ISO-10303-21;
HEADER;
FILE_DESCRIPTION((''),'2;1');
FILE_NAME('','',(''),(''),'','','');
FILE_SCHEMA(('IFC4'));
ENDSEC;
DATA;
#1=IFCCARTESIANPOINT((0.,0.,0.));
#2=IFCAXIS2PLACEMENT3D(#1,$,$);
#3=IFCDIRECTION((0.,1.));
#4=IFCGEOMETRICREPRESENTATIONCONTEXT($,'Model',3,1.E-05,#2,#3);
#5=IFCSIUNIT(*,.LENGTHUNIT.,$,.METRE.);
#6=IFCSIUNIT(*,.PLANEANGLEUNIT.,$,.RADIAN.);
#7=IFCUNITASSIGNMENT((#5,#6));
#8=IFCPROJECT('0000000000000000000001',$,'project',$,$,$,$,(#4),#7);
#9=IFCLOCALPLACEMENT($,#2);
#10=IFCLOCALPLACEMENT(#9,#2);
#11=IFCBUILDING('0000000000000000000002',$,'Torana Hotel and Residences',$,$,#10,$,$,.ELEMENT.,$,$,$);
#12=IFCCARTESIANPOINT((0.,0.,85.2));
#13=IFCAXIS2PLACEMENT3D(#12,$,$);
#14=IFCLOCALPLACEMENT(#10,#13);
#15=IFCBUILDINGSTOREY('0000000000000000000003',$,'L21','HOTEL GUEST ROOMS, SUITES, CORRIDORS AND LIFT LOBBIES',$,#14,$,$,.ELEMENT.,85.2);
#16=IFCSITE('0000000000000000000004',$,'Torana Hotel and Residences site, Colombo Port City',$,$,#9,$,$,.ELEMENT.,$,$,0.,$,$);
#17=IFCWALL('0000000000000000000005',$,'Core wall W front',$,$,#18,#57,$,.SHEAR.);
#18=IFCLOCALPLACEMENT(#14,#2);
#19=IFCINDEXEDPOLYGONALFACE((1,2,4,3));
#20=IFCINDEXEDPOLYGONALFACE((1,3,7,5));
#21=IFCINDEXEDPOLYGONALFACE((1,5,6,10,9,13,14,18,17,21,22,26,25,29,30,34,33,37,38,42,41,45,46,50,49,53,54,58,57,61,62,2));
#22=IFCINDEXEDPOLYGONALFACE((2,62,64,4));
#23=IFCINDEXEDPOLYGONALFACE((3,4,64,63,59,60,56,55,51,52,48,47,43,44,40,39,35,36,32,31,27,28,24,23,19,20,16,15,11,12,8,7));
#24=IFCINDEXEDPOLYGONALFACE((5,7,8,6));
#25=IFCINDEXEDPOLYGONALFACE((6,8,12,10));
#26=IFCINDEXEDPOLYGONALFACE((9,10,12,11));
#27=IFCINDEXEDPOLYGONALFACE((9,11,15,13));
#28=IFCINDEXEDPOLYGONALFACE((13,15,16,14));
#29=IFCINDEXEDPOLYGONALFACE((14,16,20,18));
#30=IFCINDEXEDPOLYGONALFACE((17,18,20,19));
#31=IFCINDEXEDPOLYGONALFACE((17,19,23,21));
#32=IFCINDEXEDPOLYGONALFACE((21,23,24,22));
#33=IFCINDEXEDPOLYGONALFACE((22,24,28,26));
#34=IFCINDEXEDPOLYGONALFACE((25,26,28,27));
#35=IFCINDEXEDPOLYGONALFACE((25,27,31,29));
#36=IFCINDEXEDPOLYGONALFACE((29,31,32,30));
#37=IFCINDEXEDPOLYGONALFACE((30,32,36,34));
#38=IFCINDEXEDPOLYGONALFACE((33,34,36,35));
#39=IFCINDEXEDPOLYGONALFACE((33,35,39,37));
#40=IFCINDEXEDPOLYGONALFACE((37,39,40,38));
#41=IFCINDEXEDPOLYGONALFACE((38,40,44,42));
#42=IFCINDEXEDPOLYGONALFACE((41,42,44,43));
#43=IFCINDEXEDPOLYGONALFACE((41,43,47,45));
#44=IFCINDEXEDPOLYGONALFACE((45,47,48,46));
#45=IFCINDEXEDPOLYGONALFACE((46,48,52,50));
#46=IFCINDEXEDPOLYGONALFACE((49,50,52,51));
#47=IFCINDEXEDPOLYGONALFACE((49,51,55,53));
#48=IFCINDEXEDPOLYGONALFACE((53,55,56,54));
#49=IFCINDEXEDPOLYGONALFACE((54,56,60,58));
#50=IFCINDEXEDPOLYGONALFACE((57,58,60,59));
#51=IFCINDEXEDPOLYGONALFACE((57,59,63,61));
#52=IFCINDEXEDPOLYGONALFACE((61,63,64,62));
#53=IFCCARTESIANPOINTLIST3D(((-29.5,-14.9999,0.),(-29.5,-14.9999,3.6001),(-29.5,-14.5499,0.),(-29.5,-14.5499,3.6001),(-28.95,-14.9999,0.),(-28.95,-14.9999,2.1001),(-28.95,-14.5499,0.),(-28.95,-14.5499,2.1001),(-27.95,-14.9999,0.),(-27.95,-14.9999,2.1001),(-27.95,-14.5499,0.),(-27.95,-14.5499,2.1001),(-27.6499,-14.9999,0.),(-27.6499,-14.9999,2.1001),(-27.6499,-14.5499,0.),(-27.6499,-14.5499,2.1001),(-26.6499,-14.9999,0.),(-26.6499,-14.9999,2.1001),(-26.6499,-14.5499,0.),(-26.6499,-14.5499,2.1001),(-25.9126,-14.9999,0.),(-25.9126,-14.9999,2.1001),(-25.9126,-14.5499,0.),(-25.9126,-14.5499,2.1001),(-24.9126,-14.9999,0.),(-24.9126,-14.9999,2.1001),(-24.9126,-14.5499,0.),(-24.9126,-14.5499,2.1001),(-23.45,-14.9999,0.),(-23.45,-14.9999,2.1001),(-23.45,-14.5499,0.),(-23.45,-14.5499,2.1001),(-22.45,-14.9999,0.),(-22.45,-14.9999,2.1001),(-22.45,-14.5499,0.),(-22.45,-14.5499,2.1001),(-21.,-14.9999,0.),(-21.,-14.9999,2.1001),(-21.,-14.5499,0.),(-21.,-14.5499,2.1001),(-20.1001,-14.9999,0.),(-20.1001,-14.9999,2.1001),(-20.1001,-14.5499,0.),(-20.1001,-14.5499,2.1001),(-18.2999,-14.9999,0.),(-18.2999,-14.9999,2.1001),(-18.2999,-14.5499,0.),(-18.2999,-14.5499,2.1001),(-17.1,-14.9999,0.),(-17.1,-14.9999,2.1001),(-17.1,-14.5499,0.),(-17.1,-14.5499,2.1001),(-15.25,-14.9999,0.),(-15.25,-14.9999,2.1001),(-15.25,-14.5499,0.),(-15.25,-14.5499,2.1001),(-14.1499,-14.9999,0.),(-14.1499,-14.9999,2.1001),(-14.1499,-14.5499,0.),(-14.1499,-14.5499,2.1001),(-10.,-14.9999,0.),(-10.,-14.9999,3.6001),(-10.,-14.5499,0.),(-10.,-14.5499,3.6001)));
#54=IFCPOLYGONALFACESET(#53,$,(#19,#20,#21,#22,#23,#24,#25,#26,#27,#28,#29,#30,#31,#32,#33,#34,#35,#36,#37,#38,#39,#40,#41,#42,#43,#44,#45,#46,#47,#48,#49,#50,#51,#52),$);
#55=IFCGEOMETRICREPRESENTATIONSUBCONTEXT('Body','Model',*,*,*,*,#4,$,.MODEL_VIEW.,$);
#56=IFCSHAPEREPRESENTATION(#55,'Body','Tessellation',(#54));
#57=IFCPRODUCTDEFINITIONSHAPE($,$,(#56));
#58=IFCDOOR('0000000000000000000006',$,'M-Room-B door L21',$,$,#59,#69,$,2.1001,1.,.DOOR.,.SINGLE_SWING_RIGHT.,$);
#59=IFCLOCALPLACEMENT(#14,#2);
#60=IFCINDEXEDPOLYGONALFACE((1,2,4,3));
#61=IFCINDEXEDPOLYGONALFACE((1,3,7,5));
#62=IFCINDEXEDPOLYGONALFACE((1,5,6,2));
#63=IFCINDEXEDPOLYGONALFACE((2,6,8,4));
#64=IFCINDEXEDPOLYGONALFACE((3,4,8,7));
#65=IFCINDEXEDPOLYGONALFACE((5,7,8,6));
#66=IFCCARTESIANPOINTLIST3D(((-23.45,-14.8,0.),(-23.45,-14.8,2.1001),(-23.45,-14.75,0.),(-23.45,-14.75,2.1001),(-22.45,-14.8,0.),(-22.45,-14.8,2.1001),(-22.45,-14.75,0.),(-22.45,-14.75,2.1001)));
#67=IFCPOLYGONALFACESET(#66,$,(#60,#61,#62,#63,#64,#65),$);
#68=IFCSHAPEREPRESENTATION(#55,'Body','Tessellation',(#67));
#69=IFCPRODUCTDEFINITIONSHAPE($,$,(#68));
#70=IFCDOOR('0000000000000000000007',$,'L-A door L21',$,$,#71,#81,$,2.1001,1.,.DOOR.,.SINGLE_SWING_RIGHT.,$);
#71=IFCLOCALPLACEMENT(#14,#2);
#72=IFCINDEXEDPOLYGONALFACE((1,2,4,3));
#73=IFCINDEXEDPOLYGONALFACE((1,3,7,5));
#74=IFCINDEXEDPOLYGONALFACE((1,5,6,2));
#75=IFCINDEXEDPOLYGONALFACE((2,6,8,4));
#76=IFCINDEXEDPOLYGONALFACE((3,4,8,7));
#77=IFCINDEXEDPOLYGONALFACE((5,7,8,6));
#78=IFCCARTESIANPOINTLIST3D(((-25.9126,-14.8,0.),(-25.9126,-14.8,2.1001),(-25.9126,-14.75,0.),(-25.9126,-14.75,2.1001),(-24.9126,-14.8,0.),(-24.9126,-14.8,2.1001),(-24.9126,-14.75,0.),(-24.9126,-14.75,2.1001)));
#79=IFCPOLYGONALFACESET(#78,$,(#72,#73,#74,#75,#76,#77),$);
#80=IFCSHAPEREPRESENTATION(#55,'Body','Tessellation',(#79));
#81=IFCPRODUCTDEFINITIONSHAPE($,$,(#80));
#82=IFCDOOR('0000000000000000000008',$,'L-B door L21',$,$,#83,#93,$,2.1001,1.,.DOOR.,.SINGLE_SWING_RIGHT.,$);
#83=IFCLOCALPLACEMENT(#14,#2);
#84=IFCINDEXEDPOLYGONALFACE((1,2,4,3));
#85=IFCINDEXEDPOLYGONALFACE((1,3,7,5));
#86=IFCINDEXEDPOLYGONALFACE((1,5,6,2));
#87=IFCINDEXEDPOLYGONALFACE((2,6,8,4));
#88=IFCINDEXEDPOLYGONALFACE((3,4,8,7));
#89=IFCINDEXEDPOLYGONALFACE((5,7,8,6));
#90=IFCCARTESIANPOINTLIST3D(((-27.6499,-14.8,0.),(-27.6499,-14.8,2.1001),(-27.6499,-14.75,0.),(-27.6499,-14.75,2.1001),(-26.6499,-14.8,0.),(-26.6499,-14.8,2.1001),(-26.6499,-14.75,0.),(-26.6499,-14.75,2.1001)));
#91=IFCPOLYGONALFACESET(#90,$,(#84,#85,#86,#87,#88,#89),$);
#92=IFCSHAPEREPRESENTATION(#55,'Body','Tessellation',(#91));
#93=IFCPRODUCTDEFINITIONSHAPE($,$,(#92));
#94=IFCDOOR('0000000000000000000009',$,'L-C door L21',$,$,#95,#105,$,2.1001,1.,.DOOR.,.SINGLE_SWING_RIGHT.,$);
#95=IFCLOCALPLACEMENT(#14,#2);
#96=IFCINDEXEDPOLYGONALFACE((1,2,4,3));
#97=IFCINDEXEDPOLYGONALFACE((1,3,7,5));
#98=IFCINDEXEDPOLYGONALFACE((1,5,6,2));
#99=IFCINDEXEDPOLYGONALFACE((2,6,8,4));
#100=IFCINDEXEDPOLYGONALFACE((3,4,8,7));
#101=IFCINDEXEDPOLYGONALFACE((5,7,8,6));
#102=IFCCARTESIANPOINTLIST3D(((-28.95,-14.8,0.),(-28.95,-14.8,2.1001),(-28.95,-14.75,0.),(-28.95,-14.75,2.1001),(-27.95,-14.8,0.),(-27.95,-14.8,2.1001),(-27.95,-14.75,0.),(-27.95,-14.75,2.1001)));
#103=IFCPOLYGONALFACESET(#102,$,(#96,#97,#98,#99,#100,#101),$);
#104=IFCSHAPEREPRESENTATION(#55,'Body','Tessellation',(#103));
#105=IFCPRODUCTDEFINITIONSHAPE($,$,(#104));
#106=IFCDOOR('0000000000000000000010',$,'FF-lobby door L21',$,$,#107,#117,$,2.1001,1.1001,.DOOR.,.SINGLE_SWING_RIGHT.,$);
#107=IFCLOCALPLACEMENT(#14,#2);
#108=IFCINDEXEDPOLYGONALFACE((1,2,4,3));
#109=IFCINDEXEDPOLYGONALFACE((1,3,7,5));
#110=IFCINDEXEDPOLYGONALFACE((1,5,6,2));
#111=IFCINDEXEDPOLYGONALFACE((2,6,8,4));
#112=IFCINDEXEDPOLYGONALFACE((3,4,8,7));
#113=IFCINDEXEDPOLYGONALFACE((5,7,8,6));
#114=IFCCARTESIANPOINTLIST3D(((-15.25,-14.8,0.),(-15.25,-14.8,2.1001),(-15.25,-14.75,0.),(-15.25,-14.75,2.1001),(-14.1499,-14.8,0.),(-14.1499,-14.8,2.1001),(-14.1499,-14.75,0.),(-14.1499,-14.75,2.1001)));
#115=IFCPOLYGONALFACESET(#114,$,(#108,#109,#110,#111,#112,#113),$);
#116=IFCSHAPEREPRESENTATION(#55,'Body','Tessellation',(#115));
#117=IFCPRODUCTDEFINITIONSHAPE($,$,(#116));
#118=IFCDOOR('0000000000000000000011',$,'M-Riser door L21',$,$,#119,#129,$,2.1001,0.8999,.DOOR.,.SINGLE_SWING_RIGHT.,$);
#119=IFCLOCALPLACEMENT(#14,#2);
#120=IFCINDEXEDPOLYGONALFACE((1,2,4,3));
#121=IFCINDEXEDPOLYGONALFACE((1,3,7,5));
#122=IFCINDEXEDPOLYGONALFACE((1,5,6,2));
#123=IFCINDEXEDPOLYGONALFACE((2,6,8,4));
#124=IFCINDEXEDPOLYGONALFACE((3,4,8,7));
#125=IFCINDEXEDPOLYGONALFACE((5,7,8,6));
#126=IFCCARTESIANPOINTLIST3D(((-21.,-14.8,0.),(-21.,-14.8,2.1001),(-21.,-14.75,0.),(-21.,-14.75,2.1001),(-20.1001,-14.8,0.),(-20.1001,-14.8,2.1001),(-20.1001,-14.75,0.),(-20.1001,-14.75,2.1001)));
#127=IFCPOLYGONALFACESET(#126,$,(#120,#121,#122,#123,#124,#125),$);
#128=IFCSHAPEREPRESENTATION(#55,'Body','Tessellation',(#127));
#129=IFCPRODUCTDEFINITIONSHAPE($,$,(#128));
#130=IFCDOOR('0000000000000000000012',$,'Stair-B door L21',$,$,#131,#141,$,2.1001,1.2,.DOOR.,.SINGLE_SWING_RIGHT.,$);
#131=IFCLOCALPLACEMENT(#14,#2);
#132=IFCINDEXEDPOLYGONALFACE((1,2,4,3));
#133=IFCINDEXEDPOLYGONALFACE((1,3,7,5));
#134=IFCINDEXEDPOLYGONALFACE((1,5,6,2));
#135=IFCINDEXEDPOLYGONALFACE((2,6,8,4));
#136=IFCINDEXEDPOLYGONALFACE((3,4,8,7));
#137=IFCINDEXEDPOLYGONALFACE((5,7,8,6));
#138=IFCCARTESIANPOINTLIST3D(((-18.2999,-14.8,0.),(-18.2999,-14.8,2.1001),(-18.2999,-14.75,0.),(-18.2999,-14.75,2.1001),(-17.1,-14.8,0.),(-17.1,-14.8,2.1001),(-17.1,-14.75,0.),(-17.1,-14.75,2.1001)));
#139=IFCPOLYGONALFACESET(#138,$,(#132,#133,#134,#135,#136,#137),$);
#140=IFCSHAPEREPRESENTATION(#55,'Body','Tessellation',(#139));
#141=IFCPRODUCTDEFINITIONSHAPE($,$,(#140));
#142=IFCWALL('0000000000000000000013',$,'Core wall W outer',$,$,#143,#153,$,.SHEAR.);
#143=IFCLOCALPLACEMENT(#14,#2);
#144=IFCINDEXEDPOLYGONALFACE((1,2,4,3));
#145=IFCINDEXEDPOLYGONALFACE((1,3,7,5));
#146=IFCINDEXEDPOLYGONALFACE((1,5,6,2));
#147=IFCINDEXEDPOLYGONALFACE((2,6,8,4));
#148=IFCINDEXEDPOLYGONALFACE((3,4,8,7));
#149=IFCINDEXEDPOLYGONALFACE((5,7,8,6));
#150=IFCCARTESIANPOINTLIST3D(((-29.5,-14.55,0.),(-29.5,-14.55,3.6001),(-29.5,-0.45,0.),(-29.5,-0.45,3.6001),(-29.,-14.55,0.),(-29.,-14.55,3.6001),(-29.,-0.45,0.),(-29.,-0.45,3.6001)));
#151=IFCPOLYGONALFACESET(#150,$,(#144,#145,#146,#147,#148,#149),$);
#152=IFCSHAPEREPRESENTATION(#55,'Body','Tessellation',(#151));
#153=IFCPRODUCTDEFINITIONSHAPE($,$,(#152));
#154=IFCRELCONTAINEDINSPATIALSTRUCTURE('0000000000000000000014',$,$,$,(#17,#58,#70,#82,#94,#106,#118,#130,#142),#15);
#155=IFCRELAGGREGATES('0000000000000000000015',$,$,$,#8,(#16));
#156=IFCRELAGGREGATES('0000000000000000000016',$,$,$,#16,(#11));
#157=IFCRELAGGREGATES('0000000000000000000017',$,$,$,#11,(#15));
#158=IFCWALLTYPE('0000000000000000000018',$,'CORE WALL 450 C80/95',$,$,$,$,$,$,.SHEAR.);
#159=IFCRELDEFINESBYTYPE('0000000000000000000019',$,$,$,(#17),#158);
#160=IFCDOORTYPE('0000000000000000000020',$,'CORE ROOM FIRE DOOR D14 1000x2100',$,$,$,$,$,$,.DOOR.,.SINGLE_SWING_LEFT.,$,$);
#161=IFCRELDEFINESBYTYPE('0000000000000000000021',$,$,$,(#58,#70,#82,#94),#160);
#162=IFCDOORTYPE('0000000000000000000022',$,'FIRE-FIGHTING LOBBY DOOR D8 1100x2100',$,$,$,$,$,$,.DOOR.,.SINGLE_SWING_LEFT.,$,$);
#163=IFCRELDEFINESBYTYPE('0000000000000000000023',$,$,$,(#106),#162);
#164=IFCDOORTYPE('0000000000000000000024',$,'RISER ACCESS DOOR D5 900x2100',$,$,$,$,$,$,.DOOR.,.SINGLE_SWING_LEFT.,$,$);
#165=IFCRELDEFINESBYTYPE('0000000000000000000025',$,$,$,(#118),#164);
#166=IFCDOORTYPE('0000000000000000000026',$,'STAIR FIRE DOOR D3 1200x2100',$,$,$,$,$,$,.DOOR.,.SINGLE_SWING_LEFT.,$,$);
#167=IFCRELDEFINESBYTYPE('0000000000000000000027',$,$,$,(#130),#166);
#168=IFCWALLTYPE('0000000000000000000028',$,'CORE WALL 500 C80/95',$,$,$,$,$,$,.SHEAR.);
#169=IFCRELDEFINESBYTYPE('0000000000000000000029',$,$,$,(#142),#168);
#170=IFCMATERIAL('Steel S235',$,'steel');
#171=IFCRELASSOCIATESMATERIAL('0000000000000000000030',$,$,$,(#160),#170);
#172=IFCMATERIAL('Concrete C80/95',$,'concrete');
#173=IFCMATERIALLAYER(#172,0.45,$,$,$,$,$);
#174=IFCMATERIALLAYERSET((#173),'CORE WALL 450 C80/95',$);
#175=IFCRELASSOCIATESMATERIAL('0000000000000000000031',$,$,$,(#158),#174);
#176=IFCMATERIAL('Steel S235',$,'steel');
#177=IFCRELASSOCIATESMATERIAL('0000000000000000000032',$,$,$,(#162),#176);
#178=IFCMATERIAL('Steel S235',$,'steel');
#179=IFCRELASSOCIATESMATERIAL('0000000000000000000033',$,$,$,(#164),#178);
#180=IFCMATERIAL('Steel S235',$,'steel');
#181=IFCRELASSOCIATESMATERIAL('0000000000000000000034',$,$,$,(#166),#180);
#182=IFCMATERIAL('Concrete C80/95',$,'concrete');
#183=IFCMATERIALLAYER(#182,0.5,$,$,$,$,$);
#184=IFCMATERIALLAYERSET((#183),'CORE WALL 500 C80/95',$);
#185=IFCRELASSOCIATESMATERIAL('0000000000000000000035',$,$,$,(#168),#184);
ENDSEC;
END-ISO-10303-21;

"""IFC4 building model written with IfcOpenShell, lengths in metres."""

from ifc_helpers import new_model, si_unit, direction, frame, frame_2d, origin, place, context, subcontext, project, spatial, rectangle, extrude, material, layer, layer_set, type_object, element, fill, save


model = new_model("IFC4")

# Units and contexts
model_context = context("Model", 3, precision=1e-05, world=origin(), true_north=direction((0.0, 1.0)))
body_context = subcontext(model_context, "Body", "Model", "MODEL_VIEW")
ifc_project = project(units=[si_unit("LENGTHUNIT", "METRE"), si_unit("PLANEANGLEUNIT", "RADIAN")], contexts=[model_context])

# Site, building, storey
site_placement = place(None, origin())
site = spatial("IfcSite", under=ifc_project, at=site_placement, Name="Torana Hotel and Residences site, Colombo Port City", CompositionType="ELEMENT", RefElevation=0.0)
building_placement = place(site_placement, origin())
building = spatial("IfcBuilding", under=site, at=building_placement, Name="Torana Hotel and Residences", CompositionType="ELEMENT")
storey_placement = place(building_placement, frame((0.0, 0.0, 85.2)))
storey = spatial("IfcBuildingStorey", under=building, at=storey_placement, Name="L21", Description="HOTEL GUEST ROOMS, SUITES, CORRIDORS AND LIFT LOBBIES", CompositionType="ELEMENT", Elevation=85.2)

# Shared definitions
ifc_material_1 = material(Name="Steel S235", Category="steel")
door_type_1 = type_object("IfcDoorType", Name="CORE ROOM FIRE DOOR D14 1000x2100", OperationType="SINGLE_SWING_LEFT", PredefinedType="DOOR", material=ifc_material_1)

# Wall, openings, doors
ifc_material_2 = material(Name="Concrete C80/95", Category="concrete")
ifc_layer_1 = layer(ifc_material_2, 0.45)
ifc_layer_set_1 = layer_set([ifc_layer_1], Name="CORE WALL 450 C80/95")
wall_type_1 = type_object("IfcWallType", Name="CORE WALL 450 C80/95", PredefinedType="SHEAR", material=ifc_layer_set_1)
wall_1_placement = place(storey_placement, frame((-29.5, -14.7749, 0.0), z_axis=(0.0, 0.0, 1.0), x_axis=(1.0, 0.0, 0.0)))
wall_1 = element("IfcWall", 1, at=wall_1_placement, inside=storey, type_object=wall_type_1, Name="Core wall W front", PredefinedType="SHEAR", context=body_context, shape_type="SweptSolid", body=[
    extrude(rectangle(XDim=19.5, YDim=0.45, at=frame_2d((9.75, 0.0))), origin(), (0.0, 0.0, 1.0), 3.6001),
])
opening_1_placement = place(wall_1_placement, frame((11.2, 0.0, 0.0)))
opening_1 = element("IfcOpeningElement", 2, at=opening_1_placement, cuts=wall_1, PredefinedType="OPENING", context=body_context, shape_type="SweptSolid", body=[
    extrude(rectangle(XDim=1.2, YDim=2.1001, at=frame_2d((0.6001, 1.05))), frame((0.0, 0.2349, 0.0), z_axis=(0.0, -1.0, 0.0), x_axis=(1.0, 0.0, 0.0)), (0.0, 0.0, 1.0), 0.47),
])
opening_2_placement = place(wall_1_placement, frame((14.25, 0.0, 0.0)))
opening_2 = element("IfcOpeningElement", 3, at=opening_2_placement, cuts=wall_1, PredefinedType="OPENING", context=body_context, shape_type="SweptSolid", body=[
    extrude(rectangle(XDim=1.1001, YDim=2.1001, at=frame_2d((0.55, 1.05))), frame((0.0, 0.2349, 0.0), z_axis=(0.0, -1.0, 0.0), x_axis=(1.0, 0.0, 0.0)), (0.0, 0.0, 1.0), 0.47),
])
opening_3_placement = place(wall_1_placement, frame((8.5, 0.0, 0.0)))
opening_3 = element("IfcOpeningElement", 4, at=opening_3_placement, cuts=wall_1, PredefinedType="OPENING", context=body_context, shape_type="SweptSolid", body=[
    extrude(rectangle(XDim=0.8999, YDim=2.1001, at=frame_2d((0.45, 1.05))), frame((0.0, 0.2349, 0.0), z_axis=(0.0, -1.0, 0.0), x_axis=(1.0, 0.0, 0.0)), (0.0, 0.0, 1.0), 0.47),
])
opening_4_placement = place(wall_1_placement, frame((6.05, 0.0, 0.0)))
opening_4 = element("IfcOpeningElement", 5, at=opening_4_placement, cuts=wall_1, PredefinedType="OPENING", context=body_context, shape_type="SweptSolid", body=[
    extrude(rectangle(XDim=1.0, YDim=2.1001, at=frame_2d((0.5, 1.05))), frame((0.0, 0.2349, 0.0), z_axis=(0.0, -1.0, 0.0), x_axis=(1.0, 0.0, 0.0)), (0.0, 0.0, 1.0), 0.47),
])
opening_5_placement = place(wall_1_placement, frame((3.5874, 0.0, 0.0)))
opening_5 = element("IfcOpeningElement", 6, at=opening_5_placement, cuts=wall_1, PredefinedType="OPENING", context=body_context, shape_type="SweptSolid", body=[
    extrude(rectangle(XDim=1.0, YDim=2.1001, at=frame_2d((0.5, 1.05))), frame((0.0, 0.2349, 0.0), z_axis=(0.0, -1.0, 0.0), x_axis=(1.0, 0.0, 0.0)), (0.0, 0.0, 1.0), 0.47),
])
opening_6_placement = place(wall_1_placement, frame((1.8501, 0.0, 0.0)))
opening_6 = element("IfcOpeningElement", 7, at=opening_6_placement, cuts=wall_1, PredefinedType="OPENING", context=body_context, shape_type="SweptSolid", body=[
    extrude(rectangle(XDim=1.0, YDim=2.1001, at=frame_2d((0.5, 1.05))), frame((0.0, 0.2349, 0.0), z_axis=(0.0, -1.0, 0.0), x_axis=(1.0, 0.0, 0.0)), (0.0, 0.0, 1.0), 0.47),
])
opening_7_placement = place(wall_1_placement, frame((0.55, 0.0, 0.0)))
opening_7 = element("IfcOpeningElement", 8, at=opening_7_placement, cuts=wall_1, PredefinedType="OPENING", context=body_context, shape_type="SweptSolid", body=[
    extrude(rectangle(XDim=1.0, YDim=2.1001, at=frame_2d((0.5, 1.05))), frame((0.0, 0.2349, 0.0), z_axis=(0.0, -1.0, 0.0), x_axis=(1.0, 0.0, 0.0)), (0.0, 0.0, 1.0), 0.47),
])
door_1_placement = place(opening_4_placement, origin())
door_1 = element("IfcDoor", 9, at=door_1_placement, inside=storey, type_object=door_type_1, Name="M-Room-B door L21", OperationType="SINGLE_SWING_RIGHT", OverallHeight=2.1001, OverallWidth=1.0, PredefinedType="DOOR", context=body_context, shape_type="SweptSolid", body=[
    extrude(rectangle(XDim=1.0, YDim=2.1001, at=frame_2d((0.5, 1.05))), frame((0.0, 0.0249, 0.0), z_axis=(0.0, -1.0, 0.0), x_axis=(1.0, 0.0, 0.0)), (0.0, 0.0, 1.0), 0.05),
])
fill(opening_4, door_1)
door_2_placement = place(opening_5_placement, origin())
door_2 = element("IfcDoor", 10, at=door_2_placement, inside=storey, type_object=door_type_1, Name="L-A door L21", OperationType="SINGLE_SWING_RIGHT", OverallHeight=2.1001, OverallWidth=1.0, PredefinedType="DOOR", context=body_context, shape_type="SweptSolid", body=[
    extrude(rectangle(XDim=1.0, YDim=2.1001, at=frame_2d((0.5, 1.05))), frame((0.0, 0.0249, 0.0), z_axis=(0.0, -1.0, 0.0), x_axis=(1.0, 0.0, 0.0)), (0.0, 0.0, 1.0), 0.05),
])
fill(opening_5, door_2)
door_3_placement = place(opening_6_placement, origin())
door_3 = element("IfcDoor", 11, at=door_3_placement, inside=storey, type_object=door_type_1, Name="L-B door L21", OperationType="SINGLE_SWING_RIGHT", OverallHeight=2.1001, OverallWidth=1.0, PredefinedType="DOOR", context=body_context, shape_type="SweptSolid", body=[
    extrude(rectangle(XDim=1.0, YDim=2.1001, at=frame_2d((0.5, 1.05))), frame((0.0, 0.0249, 0.0), z_axis=(0.0, -1.0, 0.0), x_axis=(1.0, 0.0, 0.0)), (0.0, 0.0, 1.0), 0.05),
])
fill(opening_6, door_3)
door_4_placement = place(opening_7_placement, origin())
door_4 = element("IfcDoor", 12, at=door_4_placement, inside=storey, type_object=door_type_1, Name="L-C door L21", OperationType="SINGLE_SWING_RIGHT", OverallHeight=2.1001, OverallWidth=1.0, PredefinedType="DOOR", context=body_context, shape_type="SweptSolid", body=[
    extrude(rectangle(XDim=1.0, YDim=2.1001, at=frame_2d((0.5, 1.05))), frame((0.0, 0.0249, 0.0), z_axis=(0.0, -1.0, 0.0), x_axis=(1.0, 0.0, 0.0)), (0.0, 0.0, 1.0), 0.05),
])
fill(opening_7, door_4)
ifc_material_3 = material(Name="Steel S235", Category="steel")
door_type_2 = type_object("IfcDoorType", Name="FIRE-FIGHTING LOBBY DOOR D8 1100x2100", OperationType="SINGLE_SWING_LEFT", PredefinedType="DOOR", material=ifc_material_3)
door_5_placement = place(opening_2_placement, origin())
door_5 = element("IfcDoor", 13, at=door_5_placement, inside=storey, type_object=door_type_2, Name="FF-lobby door L21", OperationType="SINGLE_SWING_RIGHT", OverallHeight=2.1001, OverallWidth=1.1001, PredefinedType="DOOR", context=body_context, shape_type="SweptSolid", body=[
    extrude(rectangle(XDim=1.1001, YDim=2.1001, at=frame_2d((0.55, 1.05))), frame((0.0, 0.0249, 0.0), z_axis=(0.0, -1.0, 0.0), x_axis=(1.0, 0.0, 0.0)), (0.0, 0.0, 1.0), 0.05),
])
fill(opening_2, door_5)
ifc_material_4 = material(Name="Steel S235", Category="steel")
door_type_3 = type_object("IfcDoorType", Name="RISER ACCESS DOOR D5 900x2100", OperationType="SINGLE_SWING_LEFT", PredefinedType="DOOR", material=ifc_material_4)
door_6_placement = place(opening_3_placement, origin())
door_6 = element("IfcDoor", 14, at=door_6_placement, inside=storey, type_object=door_type_3, Name="M-Riser door L21", OperationType="SINGLE_SWING_RIGHT", OverallHeight=2.1001, OverallWidth=0.8999, PredefinedType="DOOR", context=body_context, shape_type="SweptSolid", body=[
    extrude(rectangle(XDim=0.8999, YDim=2.1001, at=frame_2d((0.45, 1.05))), frame((0.0, 0.0249, 0.0), z_axis=(0.0, -1.0, 0.0), x_axis=(1.0, 0.0, 0.0)), (0.0, 0.0, 1.0), 0.05),
])
fill(opening_3, door_6)
ifc_material_5 = material(Name="Steel S235", Category="steel")
door_type_4 = type_object("IfcDoorType", Name="STAIR FIRE DOOR D3 1200x2100", OperationType="SINGLE_SWING_LEFT", PredefinedType="DOOR", material=ifc_material_5)
door_7_placement = place(opening_1_placement, origin())
door_7 = element("IfcDoor", 15, at=door_7_placement, inside=storey, type_object=door_type_4, Name="Stair-B door L21", OperationType="SINGLE_SWING_RIGHT", OverallHeight=2.1001, OverallWidth=1.2, PredefinedType="DOOR", context=body_context, shape_type="SweptSolid", body=[
    extrude(rectangle(XDim=1.2, YDim=2.1001, at=frame_2d((0.6001, 1.05))), frame((0.0, 0.0249, 0.0), z_axis=(0.0, -1.0, 0.0), x_axis=(1.0, 0.0, 0.0)), (0.0, 0.0, 1.0), 0.05),
])
fill(opening_1, door_7)

# Wall
ifc_material_6 = material(Name="Concrete C80/95", Category="concrete")
ifc_layer_2 = layer(ifc_material_6, 0.5)
ifc_layer_set_2 = layer_set([ifc_layer_2], Name="CORE WALL 500 C80/95")
wall_type_2 = type_object("IfcWallType", Name="CORE WALL 500 C80/95", PredefinedType="SHEAR", material=ifc_layer_set_2)
wall_2_placement = place(storey_placement, frame((-29.25, -14.55, 0.0), z_axis=(0.0, 0.0, 1.0), x_axis=(0.0, 1.0, 0.0)))
element("IfcWall", 16, at=wall_2_placement, inside=storey, type_object=wall_type_2, Name="Core wall W outer", PredefinedType="SHEAR", context=body_context, shape_type="SweptSolid", body=[
    extrude(rectangle(XDim=14.1001, YDim=0.5, at=frame_2d((7.05, 0.0))), origin(), (0.0, 0.0, 1.0), 3.6001),
])

save(model, "model.ifc")
